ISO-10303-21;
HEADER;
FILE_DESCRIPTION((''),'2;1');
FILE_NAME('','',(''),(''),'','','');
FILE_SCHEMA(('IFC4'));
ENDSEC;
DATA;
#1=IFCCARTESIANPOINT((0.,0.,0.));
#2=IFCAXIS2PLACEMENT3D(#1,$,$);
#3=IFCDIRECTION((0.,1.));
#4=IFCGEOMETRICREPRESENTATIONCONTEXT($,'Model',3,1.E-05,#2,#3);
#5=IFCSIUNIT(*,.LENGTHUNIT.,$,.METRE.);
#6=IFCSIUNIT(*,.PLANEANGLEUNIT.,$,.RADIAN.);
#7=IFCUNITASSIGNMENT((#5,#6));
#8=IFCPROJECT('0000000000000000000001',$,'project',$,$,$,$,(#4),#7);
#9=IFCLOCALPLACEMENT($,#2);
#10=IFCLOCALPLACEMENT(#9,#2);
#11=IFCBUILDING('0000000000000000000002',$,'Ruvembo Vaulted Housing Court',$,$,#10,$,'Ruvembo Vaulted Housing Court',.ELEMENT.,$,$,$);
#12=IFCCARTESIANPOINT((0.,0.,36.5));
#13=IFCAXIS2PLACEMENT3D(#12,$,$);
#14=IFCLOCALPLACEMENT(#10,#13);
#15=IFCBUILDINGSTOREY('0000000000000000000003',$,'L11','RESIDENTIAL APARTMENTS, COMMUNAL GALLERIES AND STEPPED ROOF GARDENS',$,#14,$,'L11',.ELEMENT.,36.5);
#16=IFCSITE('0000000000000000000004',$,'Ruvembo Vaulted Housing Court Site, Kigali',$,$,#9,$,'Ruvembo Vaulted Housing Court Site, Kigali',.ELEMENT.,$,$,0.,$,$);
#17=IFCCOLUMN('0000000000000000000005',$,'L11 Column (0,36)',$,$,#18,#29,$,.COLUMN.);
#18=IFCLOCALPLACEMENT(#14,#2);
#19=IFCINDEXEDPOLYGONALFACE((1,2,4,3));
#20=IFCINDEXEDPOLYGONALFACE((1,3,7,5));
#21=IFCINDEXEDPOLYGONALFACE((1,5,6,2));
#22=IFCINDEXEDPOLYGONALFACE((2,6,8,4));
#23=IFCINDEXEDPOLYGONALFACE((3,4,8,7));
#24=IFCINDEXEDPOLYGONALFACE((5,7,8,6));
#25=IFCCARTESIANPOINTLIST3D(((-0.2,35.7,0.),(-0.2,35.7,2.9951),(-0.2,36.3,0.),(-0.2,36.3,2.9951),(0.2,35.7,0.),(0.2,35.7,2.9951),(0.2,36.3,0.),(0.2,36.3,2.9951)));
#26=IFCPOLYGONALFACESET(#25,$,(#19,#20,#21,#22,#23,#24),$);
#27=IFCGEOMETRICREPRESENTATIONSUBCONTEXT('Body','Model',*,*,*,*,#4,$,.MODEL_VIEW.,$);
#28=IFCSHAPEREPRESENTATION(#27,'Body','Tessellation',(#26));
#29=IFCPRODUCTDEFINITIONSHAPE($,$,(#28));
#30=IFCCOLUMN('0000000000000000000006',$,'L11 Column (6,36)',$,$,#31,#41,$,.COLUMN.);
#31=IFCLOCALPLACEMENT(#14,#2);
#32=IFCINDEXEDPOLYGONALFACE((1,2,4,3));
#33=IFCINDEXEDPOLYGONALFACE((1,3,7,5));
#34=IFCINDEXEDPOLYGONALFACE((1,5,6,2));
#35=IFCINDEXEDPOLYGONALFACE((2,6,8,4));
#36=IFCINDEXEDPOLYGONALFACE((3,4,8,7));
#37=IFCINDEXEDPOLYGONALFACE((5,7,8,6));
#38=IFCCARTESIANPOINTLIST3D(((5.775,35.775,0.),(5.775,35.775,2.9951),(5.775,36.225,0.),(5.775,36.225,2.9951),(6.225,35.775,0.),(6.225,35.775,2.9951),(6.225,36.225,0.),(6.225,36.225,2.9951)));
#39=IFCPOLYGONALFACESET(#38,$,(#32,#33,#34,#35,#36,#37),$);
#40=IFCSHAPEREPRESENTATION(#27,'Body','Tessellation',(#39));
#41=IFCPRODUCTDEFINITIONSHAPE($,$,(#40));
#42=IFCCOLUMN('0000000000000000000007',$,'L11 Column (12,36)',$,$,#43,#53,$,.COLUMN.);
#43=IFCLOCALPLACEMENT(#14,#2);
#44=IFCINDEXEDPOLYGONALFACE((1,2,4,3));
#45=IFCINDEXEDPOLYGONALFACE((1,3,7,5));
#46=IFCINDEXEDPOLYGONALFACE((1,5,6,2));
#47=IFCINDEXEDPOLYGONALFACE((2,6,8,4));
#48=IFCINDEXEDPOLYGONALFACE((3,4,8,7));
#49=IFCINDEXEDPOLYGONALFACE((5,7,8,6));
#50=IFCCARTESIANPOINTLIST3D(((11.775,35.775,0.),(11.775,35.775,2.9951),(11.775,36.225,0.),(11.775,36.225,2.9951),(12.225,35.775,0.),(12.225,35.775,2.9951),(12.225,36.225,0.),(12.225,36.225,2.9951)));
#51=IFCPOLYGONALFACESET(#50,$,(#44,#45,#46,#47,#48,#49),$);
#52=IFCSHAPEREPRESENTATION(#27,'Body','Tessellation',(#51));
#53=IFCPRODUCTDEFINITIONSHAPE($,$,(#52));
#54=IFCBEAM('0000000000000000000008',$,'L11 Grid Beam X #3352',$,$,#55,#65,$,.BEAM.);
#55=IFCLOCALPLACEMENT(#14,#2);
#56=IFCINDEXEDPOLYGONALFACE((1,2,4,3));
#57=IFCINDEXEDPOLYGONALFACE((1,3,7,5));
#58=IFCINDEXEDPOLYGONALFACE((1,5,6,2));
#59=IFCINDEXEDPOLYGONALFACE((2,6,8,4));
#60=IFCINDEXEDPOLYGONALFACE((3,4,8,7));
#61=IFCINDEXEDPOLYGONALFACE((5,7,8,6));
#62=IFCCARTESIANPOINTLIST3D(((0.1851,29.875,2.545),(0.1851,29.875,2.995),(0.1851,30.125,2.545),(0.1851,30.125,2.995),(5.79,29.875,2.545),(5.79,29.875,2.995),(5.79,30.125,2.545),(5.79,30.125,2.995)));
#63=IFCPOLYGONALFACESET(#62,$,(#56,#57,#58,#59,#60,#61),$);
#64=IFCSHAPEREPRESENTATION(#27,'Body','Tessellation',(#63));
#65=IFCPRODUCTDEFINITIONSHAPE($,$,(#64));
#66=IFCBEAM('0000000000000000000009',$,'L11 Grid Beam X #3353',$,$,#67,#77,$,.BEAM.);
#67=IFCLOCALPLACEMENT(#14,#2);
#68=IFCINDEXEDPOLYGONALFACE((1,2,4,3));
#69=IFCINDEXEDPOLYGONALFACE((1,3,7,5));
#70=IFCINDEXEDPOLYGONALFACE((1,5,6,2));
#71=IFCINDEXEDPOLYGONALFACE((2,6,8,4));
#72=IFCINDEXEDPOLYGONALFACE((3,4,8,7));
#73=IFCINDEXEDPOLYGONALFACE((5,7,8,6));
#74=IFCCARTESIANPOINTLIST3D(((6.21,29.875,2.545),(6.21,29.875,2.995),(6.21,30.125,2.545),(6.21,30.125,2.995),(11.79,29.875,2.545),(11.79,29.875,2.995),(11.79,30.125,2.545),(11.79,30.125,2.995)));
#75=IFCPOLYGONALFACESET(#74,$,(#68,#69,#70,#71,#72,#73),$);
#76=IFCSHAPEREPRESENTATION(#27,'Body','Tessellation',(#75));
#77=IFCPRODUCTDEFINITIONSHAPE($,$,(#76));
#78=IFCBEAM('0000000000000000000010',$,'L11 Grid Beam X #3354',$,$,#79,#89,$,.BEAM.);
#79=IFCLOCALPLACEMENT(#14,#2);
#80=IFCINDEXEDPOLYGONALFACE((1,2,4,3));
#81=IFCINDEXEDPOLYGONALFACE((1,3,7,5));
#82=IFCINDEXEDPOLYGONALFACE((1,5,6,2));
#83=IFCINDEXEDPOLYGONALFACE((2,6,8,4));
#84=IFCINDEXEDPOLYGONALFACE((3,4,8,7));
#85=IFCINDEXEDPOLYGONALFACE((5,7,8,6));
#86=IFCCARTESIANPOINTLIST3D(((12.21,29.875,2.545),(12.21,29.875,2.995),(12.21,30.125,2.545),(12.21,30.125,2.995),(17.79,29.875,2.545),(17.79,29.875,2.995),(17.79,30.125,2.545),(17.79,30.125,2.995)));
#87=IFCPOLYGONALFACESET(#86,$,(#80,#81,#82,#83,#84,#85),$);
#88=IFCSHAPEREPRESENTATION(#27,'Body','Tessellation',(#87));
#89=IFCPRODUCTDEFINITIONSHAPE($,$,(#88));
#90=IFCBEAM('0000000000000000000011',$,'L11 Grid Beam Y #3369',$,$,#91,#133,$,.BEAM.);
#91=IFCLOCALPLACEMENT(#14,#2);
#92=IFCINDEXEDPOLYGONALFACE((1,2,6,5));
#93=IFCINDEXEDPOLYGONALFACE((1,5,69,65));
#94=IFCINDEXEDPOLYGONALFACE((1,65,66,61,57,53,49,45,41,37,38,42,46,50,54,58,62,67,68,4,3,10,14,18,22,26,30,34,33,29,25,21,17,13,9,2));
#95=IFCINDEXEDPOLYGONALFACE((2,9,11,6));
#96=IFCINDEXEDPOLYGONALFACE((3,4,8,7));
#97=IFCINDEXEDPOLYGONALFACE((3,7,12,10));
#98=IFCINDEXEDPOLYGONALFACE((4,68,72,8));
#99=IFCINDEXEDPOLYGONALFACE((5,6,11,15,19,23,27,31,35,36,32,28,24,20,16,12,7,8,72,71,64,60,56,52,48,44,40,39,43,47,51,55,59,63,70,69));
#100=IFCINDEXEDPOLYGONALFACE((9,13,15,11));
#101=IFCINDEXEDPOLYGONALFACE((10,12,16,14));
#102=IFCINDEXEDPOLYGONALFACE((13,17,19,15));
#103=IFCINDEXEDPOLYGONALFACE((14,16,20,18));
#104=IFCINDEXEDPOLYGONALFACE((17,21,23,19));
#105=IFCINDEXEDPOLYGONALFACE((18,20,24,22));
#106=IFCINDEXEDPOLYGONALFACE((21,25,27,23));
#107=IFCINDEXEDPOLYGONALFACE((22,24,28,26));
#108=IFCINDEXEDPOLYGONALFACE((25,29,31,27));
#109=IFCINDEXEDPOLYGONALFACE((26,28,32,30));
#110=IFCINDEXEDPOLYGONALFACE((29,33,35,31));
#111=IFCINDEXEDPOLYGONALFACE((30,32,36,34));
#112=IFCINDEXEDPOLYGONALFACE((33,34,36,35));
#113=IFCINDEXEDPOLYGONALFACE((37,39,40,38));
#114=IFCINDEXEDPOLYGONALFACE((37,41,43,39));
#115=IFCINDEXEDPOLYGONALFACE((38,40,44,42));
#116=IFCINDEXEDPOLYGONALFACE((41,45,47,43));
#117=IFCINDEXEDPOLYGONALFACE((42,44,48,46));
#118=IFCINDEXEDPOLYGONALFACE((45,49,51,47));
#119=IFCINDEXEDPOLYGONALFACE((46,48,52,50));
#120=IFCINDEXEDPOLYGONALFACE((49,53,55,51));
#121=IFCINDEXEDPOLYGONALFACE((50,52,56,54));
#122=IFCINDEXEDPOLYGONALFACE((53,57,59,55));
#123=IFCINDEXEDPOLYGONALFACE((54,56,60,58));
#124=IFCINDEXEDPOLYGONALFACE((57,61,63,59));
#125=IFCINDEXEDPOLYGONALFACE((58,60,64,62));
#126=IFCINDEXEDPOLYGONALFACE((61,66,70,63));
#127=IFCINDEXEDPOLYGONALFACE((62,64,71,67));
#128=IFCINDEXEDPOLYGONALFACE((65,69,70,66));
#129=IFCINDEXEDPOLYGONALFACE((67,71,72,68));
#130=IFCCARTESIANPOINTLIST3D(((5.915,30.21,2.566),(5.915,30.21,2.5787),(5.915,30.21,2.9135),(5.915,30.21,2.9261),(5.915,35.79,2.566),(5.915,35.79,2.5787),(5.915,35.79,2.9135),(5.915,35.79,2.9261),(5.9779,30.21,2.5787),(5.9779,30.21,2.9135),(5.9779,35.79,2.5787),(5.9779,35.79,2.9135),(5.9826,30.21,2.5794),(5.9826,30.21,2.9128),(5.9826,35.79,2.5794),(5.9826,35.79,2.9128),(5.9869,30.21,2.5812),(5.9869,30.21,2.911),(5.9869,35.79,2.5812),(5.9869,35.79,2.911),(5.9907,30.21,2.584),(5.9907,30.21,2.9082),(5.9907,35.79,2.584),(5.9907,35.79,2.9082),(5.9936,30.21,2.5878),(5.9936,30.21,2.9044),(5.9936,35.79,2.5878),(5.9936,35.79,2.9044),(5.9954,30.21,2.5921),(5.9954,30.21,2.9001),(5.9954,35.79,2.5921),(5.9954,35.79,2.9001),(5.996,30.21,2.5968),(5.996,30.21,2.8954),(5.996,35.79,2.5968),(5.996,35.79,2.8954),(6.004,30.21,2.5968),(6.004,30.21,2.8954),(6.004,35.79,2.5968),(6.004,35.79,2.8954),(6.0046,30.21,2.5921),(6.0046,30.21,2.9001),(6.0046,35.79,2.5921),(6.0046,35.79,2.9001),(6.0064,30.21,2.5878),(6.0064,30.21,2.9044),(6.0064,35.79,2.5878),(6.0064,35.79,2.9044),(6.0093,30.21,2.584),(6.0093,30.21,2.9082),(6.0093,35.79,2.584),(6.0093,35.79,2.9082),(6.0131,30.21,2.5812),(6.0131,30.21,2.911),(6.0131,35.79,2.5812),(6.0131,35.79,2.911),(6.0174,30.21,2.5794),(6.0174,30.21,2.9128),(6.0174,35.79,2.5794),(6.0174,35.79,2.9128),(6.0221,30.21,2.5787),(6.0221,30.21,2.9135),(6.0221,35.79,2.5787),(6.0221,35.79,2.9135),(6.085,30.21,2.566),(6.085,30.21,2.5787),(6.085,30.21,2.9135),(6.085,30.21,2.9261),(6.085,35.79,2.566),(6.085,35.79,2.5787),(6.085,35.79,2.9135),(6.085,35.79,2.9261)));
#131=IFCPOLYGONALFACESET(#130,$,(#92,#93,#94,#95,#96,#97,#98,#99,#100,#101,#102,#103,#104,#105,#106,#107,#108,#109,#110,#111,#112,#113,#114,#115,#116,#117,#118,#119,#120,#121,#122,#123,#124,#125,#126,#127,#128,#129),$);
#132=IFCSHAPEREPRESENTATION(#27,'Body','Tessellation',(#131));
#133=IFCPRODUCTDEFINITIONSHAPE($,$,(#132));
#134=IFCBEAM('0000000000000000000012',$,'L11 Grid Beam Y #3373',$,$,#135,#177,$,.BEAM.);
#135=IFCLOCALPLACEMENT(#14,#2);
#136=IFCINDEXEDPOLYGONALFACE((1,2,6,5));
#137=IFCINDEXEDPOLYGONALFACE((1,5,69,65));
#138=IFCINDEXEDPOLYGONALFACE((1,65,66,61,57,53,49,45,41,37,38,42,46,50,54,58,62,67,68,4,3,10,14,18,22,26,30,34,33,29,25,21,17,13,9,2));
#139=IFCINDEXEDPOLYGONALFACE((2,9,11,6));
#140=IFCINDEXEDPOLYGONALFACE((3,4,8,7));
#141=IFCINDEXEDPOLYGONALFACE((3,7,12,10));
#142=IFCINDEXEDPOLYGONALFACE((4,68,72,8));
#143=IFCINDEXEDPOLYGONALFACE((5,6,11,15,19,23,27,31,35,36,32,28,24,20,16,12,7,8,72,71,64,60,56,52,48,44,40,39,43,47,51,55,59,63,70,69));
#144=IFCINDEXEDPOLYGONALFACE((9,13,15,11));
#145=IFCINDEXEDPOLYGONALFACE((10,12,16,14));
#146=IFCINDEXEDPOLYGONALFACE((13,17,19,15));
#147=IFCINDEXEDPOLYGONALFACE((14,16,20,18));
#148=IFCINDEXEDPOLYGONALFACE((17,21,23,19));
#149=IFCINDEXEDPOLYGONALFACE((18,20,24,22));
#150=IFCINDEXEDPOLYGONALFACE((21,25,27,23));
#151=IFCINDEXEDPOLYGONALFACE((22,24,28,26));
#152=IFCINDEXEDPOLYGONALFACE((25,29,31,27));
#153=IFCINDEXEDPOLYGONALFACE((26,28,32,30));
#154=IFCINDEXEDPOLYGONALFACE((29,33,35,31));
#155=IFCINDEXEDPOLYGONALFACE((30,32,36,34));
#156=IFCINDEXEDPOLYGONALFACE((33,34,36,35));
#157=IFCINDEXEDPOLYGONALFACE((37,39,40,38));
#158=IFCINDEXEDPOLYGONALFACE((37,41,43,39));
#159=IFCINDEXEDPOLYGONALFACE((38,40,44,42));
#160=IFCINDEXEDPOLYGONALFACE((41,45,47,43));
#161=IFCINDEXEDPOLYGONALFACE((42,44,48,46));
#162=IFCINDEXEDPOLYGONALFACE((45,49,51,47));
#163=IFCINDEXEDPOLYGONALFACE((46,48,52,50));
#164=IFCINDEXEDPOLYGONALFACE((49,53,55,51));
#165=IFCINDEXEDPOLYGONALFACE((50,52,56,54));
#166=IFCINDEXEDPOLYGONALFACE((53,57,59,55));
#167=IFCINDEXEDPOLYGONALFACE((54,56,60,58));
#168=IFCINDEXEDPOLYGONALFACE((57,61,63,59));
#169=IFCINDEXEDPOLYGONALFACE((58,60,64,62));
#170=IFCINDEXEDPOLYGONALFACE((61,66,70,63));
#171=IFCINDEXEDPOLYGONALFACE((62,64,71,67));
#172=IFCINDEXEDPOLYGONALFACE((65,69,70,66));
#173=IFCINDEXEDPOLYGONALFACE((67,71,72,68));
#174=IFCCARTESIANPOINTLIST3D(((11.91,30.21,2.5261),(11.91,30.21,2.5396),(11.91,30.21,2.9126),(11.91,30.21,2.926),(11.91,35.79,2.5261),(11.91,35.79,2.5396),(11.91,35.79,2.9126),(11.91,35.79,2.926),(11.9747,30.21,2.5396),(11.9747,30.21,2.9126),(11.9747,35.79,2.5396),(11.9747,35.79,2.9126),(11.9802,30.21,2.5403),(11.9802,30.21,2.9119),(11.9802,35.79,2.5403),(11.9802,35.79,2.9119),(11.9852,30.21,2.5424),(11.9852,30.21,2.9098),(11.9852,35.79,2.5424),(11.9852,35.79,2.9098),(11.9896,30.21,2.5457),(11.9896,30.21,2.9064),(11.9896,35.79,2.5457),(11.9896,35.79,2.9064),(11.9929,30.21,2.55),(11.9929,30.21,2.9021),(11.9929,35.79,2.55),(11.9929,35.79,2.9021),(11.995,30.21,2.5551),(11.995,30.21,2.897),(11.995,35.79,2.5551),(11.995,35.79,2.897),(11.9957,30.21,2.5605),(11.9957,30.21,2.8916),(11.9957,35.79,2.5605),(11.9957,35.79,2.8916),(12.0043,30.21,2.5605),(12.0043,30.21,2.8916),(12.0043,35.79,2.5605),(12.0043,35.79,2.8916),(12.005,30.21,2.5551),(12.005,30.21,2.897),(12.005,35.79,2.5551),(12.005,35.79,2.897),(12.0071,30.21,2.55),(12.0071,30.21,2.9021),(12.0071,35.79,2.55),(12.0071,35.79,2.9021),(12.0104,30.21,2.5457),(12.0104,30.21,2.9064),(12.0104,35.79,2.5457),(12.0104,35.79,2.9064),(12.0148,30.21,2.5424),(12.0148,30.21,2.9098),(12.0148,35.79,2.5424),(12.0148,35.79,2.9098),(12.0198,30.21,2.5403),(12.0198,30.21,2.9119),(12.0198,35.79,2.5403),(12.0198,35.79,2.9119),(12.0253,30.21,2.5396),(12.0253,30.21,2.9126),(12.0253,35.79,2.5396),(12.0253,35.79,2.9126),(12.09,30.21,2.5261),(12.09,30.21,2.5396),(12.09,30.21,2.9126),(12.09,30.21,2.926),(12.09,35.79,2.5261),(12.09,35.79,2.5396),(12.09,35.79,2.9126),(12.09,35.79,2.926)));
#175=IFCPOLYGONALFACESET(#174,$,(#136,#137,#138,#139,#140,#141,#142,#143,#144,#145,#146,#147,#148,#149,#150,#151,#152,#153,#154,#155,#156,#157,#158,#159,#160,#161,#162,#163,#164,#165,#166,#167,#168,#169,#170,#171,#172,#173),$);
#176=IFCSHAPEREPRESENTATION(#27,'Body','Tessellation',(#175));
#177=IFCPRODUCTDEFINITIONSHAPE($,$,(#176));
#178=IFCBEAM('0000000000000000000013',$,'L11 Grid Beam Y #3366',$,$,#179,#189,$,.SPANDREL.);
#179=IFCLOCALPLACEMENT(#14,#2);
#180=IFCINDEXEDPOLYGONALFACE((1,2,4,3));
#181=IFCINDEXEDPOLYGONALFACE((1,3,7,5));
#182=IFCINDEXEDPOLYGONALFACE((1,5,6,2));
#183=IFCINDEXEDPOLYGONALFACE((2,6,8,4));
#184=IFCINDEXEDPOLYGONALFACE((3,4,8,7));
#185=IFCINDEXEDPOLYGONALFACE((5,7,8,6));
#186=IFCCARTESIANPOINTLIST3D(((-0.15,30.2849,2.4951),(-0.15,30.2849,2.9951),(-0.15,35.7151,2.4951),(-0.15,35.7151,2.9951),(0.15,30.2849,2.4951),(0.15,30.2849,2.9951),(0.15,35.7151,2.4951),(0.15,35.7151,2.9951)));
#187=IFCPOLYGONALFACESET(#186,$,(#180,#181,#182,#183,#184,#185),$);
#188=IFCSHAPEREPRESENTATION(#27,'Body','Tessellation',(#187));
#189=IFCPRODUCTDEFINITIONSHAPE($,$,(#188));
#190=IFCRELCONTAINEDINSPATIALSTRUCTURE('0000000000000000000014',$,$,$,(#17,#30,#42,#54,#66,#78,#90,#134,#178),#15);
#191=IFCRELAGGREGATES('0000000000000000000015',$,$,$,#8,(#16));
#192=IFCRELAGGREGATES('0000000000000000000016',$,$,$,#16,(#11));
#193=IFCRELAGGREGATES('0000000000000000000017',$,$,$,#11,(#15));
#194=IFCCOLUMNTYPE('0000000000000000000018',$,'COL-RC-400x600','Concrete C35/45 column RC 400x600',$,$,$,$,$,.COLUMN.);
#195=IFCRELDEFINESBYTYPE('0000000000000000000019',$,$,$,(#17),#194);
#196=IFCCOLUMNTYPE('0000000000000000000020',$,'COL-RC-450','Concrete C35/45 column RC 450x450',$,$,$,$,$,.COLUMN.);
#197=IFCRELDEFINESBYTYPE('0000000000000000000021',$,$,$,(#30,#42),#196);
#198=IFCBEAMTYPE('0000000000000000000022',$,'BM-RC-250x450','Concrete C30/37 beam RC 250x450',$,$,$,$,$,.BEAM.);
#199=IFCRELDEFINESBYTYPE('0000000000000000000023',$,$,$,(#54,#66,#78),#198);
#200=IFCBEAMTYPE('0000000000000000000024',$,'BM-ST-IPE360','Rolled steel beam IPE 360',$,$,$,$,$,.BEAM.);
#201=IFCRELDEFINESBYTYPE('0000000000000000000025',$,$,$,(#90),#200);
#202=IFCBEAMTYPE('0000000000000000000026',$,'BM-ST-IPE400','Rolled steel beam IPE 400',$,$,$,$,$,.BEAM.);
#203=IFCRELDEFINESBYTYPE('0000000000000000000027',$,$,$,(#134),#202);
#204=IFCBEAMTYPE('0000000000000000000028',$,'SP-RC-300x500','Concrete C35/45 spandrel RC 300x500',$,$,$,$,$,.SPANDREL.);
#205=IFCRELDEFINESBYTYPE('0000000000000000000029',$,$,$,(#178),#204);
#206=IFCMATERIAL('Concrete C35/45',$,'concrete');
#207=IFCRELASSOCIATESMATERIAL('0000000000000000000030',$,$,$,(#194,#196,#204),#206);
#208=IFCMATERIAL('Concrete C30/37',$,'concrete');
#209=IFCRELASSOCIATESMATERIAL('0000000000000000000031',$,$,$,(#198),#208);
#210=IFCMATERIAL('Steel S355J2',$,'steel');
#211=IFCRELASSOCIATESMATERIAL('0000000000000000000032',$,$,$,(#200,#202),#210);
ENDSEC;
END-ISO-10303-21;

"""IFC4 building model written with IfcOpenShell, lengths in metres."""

from ifc_helpers import new_model, si_unit, direction, frame, origin, origin_2d, place, context, subcontext, project, spatial, rectangle, i_section, extrude, material, material_profile, profile_set, type_object, element, save


model = new_model("IFC4")

# Units and contexts
model_context = context("Model", 3, precision=1e-05, world=origin(), true_north=direction((0.0, 1.0)))
body_context = subcontext(model_context, "Body", "Model", "MODEL_VIEW")
ifc_project = project(units=[si_unit("LENGTHUNIT", "METRE"), si_unit("PLANEANGLEUNIT", "RADIAN")], contexts=[model_context])

# Site, building, storey
site_placement = place(None, origin())
site = spatial("IfcSite", under=ifc_project, at=site_placement, Name="Ruvembo Vaulted Housing Court Site, Kigali", LongName="Ruvembo Vaulted Housing Court Site, Kigali", CompositionType="ELEMENT", RefElevation=0.0)
building_placement = place(site_placement, origin())
building = spatial("IfcBuilding", under=site, at=building_placement, Name="Ruvembo Vaulted Housing Court", LongName="Ruvembo Vaulted Housing Court", CompositionType="ELEMENT")
storey_placement = place(building_placement, frame((0.0, 0.0, 36.5)))
storey = spatial("IfcBuildingStorey", under=building, at=storey_placement, Name="L11", Description="RESIDENTIAL APARTMENTS, COMMUNAL GALLERIES AND STEPPED ROOF GARDENS", LongName="L11", CompositionType="ELEMENT", Elevation=36.5)

# Columns
ifc_material_1 = material(Name="Concrete C35/45", Category="concrete")
ifc_material_profile_1 = material_profile(ifc_material_1, rectangle(XDim=0.3999, YDim=0.6001, at=origin_2d()), Name="RC 400x600")
ifc_profile_set_1 = profile_set([ifc_material_profile_1], Name="Concrete C35/45")
column_type_1 = type_object("IfcColumnType", Name="COL-RC-400x600", Description="Concrete C35/45 column RC 400x600", PredefinedType="COLUMN", material=ifc_profile_set_1)
column_placement = place(storey_placement, frame((0.0, 36.0, 0.0), z_axis=(0.0, 0.0, 1.0), x_axis=(1.0, 0.0, 0.0)))
element("IfcColumn", 1, at=column_placement, inside=storey, type_object=column_type_1, Name="L11 Column (0,36)", PredefinedType="COLUMN", context=body_context, shape_type="SweptSolid", body=[
    extrude(rectangle(XDim=0.3999, YDim=0.6001, at=origin_2d()), origin(), (0.0, 0.0, 1.0), 2.9951),
])
ifc_material_profile_2 = material_profile(ifc_material_1, rectangle(XDim=0.45, YDim=0.45, at=origin_2d()), Name="RC 450x450")
ifc_profile_set_2 = profile_set([ifc_material_profile_2], Name="Concrete C35/45")
column_type_2 = type_object("IfcColumnType", Name="COL-RC-450", Description="Concrete C35/45 column RC 450x450", PredefinedType="COLUMN", material=ifc_profile_set_2)
for number, where, z_axis, x_axis, name in (
    (2, (6.0, 36.0, 0.0), (0.0, 0.0, 1.0), (1.0, 0.0, 0.0), "L11 Column (6,36)"),
    (3, (12.0, 36.0, 0.0), (0.0, 0.0, 1.0), (1.0, 0.0, 0.0), "L11 Column (12,36)"),
):
    element("IfcColumn", number, at=place(storey_placement, frame(where, z_axis=z_axis, x_axis=x_axis)), inside=storey, type_object=column_type_2, Name=name, PredefinedType="COLUMN", context=body_context, shape_type="SweptSolid", body=[
        extrude(rectangle(XDim=0.45, YDim=0.45, at=origin_2d()), origin(), (0.0, 0.0, 1.0), 2.9951),
    ])

# Beams
ifc_material_2 = material(Name="Concrete C30/37", Category="concrete")
ifc_material_profile_3 = material_profile(ifc_material_2, rectangle(XDim=0.25, YDim=0.45, at=origin_2d()), Name="RC 250x450")
ifc_profile_set_3 = profile_set([ifc_material_profile_3], Name="Concrete C30/37")
beam_type_1 = type_object("IfcBeamType", Name="BM-RC-250x450", Description="Concrete C30/37 beam RC 250x450", PredefinedType="BEAM", material=ifc_profile_set_3)
beam_1_placement = place(storey_placement, frame((0.1851, 30.0, 2.77), z_axis=(1.0, 0.0, 0.0), x_axis=(0.0, 1.0, 0.0)))
element("IfcBeam", 4, at=beam_1_placement, inside=storey, type_object=beam_type_1, Name="L11 Grid Beam X #3352", PredefinedType="BEAM", context=body_context, shape_type="SweptSolid", body=[
    extrude(rectangle(XDim=0.25, YDim=0.45, at=origin_2d()), origin(), (0.0, 0.0, 1.0), 5.605),
])
for number, where, z_axis, x_axis, name in (
    (5, (6.21, 30.0, 2.77), (1.0, 0.0, 0.0), (0.0, 1.0, 0.0), "L11 Grid Beam X #3353"),
    (6, (12.21, 30.0, 2.77), (1.0, 0.0, 0.0), (0.0, 1.0, 0.0), "L11 Grid Beam X #3354"),
):
    element("IfcBeam", number, at=place(storey_placement, frame(where, z_axis=z_axis, x_axis=x_axis)), inside=storey, type_object=beam_type_1, Name=name, PredefinedType="BEAM", context=body_context, shape_type="SweptSolid", body=[
        extrude(rectangle(XDim=0.25, YDim=0.45, at=origin_2d()), origin(), (0.0, 0.0, 1.0), 5.5801),
    ])
ifc_material_3 = material(Name="Steel S355J2", Category="steel")
ifc_material_profile_4 = material_profile(ifc_material_3, i_section(OverallWidth=0.1699, OverallDepth=0.3601, WebThickness=0.0081, FlangeThickness=0.0127, FilletRadius=0.0181, at=origin_2d()), Name="IPE 360")
ifc_profile_set_4 = profile_set([ifc_material_profile_4], Name="Steel S355J2")
beam_type_2 = type_object("IfcBeamType", Name="BM-ST-IPE360", Description="Rolled steel beam IPE 360", PredefinedType="BEAM", material=ifc_profile_set_4)
beam_2_placement = place(storey_placement, frame((6.0, 30.21, 2.7461), z_axis=(0.0, 1.0, 0.0), x_axis=(-1.0, 0.0, 0.0)))
element("IfcBeam", 7, at=beam_2_placement, inside=storey, type_object=beam_type_2, Name="L11 Grid Beam Y #3369", PredefinedType="BEAM", context=body_context, shape_type="SweptSolid", body=[
    extrude(i_section(OverallWidth=0.1699, OverallDepth=0.3601, WebThickness=0.0081, FlangeThickness=0.0127, FilletRadius=0.0181, at=origin_2d()), origin(), (0.0, 0.0, 1.0), 5.5801),
])
ifc_material_profile_5 = material_profile(ifc_material_3, i_section(OverallWidth=0.1799, OverallDepth=0.3999, WebThickness=0.0085, FlangeThickness=0.0134, FilletRadius=0.021, at=origin_2d()), Name="IPE 400")
ifc_profile_set_5 = profile_set([ifc_material_profile_5], Name="Steel S355J2")
beam_type_3 = type_object("IfcBeamType", Name="BM-ST-IPE400", Description="Rolled steel beam IPE 400", PredefinedType="BEAM", material=ifc_profile_set_5)
beam_3_placement = place(storey_placement, frame((12.0, 30.21, 2.7261), z_axis=(0.0, 1.0, 0.0), x_axis=(-1.0, 0.0, 0.0)))
element("IfcBeam", 8, at=beam_3_placement, inside=storey, type_object=beam_type_3, Name="L11 Grid Beam Y #3373", PredefinedType="BEAM", context=body_context, shape_type="SweptSolid", body=[
    extrude(i_section(OverallWidth=0.1799, OverallDepth=0.3999, WebThickness=0.0085, FlangeThickness=0.0134, FilletRadius=0.021, at=origin_2d()), origin(), (0.0, 0.0, 1.0), 5.5801),
])
ifc_material_profile_6 = material_profile(ifc_material_1, rectangle(XDim=0.3, YDim=0.5, at=origin_2d()), Name="RC 300x500")
ifc_profile_set_6 = profile_set([ifc_material_profile_6], Name="Concrete C35/45")
beam_type_4 = type_object("IfcBeamType", Name="SP-RC-300x500", Description="Concrete C35/45 spandrel RC 300x500", PredefinedType="SPANDREL", material=ifc_profile_set_6)
beam_4_placement = place(storey_placement, frame((0.0, 30.2849, 2.7451), z_axis=(0.0, 1.0, 0.0), x_axis=(-1.0, 0.0, 0.0)))
element("IfcBeam", 9, at=beam_4_placement, inside=storey, type_object=beam_type_4, Name="L11 Grid Beam Y #3366", PredefinedType="SPANDREL", context=body_context, shape_type="SweptSolid", body=[
    extrude(rectangle(XDim=0.3, YDim=0.5, at=origin_2d()), origin(), (0.0, 0.0, 1.0), 5.4302),
])

save(model, "model.ifc")
